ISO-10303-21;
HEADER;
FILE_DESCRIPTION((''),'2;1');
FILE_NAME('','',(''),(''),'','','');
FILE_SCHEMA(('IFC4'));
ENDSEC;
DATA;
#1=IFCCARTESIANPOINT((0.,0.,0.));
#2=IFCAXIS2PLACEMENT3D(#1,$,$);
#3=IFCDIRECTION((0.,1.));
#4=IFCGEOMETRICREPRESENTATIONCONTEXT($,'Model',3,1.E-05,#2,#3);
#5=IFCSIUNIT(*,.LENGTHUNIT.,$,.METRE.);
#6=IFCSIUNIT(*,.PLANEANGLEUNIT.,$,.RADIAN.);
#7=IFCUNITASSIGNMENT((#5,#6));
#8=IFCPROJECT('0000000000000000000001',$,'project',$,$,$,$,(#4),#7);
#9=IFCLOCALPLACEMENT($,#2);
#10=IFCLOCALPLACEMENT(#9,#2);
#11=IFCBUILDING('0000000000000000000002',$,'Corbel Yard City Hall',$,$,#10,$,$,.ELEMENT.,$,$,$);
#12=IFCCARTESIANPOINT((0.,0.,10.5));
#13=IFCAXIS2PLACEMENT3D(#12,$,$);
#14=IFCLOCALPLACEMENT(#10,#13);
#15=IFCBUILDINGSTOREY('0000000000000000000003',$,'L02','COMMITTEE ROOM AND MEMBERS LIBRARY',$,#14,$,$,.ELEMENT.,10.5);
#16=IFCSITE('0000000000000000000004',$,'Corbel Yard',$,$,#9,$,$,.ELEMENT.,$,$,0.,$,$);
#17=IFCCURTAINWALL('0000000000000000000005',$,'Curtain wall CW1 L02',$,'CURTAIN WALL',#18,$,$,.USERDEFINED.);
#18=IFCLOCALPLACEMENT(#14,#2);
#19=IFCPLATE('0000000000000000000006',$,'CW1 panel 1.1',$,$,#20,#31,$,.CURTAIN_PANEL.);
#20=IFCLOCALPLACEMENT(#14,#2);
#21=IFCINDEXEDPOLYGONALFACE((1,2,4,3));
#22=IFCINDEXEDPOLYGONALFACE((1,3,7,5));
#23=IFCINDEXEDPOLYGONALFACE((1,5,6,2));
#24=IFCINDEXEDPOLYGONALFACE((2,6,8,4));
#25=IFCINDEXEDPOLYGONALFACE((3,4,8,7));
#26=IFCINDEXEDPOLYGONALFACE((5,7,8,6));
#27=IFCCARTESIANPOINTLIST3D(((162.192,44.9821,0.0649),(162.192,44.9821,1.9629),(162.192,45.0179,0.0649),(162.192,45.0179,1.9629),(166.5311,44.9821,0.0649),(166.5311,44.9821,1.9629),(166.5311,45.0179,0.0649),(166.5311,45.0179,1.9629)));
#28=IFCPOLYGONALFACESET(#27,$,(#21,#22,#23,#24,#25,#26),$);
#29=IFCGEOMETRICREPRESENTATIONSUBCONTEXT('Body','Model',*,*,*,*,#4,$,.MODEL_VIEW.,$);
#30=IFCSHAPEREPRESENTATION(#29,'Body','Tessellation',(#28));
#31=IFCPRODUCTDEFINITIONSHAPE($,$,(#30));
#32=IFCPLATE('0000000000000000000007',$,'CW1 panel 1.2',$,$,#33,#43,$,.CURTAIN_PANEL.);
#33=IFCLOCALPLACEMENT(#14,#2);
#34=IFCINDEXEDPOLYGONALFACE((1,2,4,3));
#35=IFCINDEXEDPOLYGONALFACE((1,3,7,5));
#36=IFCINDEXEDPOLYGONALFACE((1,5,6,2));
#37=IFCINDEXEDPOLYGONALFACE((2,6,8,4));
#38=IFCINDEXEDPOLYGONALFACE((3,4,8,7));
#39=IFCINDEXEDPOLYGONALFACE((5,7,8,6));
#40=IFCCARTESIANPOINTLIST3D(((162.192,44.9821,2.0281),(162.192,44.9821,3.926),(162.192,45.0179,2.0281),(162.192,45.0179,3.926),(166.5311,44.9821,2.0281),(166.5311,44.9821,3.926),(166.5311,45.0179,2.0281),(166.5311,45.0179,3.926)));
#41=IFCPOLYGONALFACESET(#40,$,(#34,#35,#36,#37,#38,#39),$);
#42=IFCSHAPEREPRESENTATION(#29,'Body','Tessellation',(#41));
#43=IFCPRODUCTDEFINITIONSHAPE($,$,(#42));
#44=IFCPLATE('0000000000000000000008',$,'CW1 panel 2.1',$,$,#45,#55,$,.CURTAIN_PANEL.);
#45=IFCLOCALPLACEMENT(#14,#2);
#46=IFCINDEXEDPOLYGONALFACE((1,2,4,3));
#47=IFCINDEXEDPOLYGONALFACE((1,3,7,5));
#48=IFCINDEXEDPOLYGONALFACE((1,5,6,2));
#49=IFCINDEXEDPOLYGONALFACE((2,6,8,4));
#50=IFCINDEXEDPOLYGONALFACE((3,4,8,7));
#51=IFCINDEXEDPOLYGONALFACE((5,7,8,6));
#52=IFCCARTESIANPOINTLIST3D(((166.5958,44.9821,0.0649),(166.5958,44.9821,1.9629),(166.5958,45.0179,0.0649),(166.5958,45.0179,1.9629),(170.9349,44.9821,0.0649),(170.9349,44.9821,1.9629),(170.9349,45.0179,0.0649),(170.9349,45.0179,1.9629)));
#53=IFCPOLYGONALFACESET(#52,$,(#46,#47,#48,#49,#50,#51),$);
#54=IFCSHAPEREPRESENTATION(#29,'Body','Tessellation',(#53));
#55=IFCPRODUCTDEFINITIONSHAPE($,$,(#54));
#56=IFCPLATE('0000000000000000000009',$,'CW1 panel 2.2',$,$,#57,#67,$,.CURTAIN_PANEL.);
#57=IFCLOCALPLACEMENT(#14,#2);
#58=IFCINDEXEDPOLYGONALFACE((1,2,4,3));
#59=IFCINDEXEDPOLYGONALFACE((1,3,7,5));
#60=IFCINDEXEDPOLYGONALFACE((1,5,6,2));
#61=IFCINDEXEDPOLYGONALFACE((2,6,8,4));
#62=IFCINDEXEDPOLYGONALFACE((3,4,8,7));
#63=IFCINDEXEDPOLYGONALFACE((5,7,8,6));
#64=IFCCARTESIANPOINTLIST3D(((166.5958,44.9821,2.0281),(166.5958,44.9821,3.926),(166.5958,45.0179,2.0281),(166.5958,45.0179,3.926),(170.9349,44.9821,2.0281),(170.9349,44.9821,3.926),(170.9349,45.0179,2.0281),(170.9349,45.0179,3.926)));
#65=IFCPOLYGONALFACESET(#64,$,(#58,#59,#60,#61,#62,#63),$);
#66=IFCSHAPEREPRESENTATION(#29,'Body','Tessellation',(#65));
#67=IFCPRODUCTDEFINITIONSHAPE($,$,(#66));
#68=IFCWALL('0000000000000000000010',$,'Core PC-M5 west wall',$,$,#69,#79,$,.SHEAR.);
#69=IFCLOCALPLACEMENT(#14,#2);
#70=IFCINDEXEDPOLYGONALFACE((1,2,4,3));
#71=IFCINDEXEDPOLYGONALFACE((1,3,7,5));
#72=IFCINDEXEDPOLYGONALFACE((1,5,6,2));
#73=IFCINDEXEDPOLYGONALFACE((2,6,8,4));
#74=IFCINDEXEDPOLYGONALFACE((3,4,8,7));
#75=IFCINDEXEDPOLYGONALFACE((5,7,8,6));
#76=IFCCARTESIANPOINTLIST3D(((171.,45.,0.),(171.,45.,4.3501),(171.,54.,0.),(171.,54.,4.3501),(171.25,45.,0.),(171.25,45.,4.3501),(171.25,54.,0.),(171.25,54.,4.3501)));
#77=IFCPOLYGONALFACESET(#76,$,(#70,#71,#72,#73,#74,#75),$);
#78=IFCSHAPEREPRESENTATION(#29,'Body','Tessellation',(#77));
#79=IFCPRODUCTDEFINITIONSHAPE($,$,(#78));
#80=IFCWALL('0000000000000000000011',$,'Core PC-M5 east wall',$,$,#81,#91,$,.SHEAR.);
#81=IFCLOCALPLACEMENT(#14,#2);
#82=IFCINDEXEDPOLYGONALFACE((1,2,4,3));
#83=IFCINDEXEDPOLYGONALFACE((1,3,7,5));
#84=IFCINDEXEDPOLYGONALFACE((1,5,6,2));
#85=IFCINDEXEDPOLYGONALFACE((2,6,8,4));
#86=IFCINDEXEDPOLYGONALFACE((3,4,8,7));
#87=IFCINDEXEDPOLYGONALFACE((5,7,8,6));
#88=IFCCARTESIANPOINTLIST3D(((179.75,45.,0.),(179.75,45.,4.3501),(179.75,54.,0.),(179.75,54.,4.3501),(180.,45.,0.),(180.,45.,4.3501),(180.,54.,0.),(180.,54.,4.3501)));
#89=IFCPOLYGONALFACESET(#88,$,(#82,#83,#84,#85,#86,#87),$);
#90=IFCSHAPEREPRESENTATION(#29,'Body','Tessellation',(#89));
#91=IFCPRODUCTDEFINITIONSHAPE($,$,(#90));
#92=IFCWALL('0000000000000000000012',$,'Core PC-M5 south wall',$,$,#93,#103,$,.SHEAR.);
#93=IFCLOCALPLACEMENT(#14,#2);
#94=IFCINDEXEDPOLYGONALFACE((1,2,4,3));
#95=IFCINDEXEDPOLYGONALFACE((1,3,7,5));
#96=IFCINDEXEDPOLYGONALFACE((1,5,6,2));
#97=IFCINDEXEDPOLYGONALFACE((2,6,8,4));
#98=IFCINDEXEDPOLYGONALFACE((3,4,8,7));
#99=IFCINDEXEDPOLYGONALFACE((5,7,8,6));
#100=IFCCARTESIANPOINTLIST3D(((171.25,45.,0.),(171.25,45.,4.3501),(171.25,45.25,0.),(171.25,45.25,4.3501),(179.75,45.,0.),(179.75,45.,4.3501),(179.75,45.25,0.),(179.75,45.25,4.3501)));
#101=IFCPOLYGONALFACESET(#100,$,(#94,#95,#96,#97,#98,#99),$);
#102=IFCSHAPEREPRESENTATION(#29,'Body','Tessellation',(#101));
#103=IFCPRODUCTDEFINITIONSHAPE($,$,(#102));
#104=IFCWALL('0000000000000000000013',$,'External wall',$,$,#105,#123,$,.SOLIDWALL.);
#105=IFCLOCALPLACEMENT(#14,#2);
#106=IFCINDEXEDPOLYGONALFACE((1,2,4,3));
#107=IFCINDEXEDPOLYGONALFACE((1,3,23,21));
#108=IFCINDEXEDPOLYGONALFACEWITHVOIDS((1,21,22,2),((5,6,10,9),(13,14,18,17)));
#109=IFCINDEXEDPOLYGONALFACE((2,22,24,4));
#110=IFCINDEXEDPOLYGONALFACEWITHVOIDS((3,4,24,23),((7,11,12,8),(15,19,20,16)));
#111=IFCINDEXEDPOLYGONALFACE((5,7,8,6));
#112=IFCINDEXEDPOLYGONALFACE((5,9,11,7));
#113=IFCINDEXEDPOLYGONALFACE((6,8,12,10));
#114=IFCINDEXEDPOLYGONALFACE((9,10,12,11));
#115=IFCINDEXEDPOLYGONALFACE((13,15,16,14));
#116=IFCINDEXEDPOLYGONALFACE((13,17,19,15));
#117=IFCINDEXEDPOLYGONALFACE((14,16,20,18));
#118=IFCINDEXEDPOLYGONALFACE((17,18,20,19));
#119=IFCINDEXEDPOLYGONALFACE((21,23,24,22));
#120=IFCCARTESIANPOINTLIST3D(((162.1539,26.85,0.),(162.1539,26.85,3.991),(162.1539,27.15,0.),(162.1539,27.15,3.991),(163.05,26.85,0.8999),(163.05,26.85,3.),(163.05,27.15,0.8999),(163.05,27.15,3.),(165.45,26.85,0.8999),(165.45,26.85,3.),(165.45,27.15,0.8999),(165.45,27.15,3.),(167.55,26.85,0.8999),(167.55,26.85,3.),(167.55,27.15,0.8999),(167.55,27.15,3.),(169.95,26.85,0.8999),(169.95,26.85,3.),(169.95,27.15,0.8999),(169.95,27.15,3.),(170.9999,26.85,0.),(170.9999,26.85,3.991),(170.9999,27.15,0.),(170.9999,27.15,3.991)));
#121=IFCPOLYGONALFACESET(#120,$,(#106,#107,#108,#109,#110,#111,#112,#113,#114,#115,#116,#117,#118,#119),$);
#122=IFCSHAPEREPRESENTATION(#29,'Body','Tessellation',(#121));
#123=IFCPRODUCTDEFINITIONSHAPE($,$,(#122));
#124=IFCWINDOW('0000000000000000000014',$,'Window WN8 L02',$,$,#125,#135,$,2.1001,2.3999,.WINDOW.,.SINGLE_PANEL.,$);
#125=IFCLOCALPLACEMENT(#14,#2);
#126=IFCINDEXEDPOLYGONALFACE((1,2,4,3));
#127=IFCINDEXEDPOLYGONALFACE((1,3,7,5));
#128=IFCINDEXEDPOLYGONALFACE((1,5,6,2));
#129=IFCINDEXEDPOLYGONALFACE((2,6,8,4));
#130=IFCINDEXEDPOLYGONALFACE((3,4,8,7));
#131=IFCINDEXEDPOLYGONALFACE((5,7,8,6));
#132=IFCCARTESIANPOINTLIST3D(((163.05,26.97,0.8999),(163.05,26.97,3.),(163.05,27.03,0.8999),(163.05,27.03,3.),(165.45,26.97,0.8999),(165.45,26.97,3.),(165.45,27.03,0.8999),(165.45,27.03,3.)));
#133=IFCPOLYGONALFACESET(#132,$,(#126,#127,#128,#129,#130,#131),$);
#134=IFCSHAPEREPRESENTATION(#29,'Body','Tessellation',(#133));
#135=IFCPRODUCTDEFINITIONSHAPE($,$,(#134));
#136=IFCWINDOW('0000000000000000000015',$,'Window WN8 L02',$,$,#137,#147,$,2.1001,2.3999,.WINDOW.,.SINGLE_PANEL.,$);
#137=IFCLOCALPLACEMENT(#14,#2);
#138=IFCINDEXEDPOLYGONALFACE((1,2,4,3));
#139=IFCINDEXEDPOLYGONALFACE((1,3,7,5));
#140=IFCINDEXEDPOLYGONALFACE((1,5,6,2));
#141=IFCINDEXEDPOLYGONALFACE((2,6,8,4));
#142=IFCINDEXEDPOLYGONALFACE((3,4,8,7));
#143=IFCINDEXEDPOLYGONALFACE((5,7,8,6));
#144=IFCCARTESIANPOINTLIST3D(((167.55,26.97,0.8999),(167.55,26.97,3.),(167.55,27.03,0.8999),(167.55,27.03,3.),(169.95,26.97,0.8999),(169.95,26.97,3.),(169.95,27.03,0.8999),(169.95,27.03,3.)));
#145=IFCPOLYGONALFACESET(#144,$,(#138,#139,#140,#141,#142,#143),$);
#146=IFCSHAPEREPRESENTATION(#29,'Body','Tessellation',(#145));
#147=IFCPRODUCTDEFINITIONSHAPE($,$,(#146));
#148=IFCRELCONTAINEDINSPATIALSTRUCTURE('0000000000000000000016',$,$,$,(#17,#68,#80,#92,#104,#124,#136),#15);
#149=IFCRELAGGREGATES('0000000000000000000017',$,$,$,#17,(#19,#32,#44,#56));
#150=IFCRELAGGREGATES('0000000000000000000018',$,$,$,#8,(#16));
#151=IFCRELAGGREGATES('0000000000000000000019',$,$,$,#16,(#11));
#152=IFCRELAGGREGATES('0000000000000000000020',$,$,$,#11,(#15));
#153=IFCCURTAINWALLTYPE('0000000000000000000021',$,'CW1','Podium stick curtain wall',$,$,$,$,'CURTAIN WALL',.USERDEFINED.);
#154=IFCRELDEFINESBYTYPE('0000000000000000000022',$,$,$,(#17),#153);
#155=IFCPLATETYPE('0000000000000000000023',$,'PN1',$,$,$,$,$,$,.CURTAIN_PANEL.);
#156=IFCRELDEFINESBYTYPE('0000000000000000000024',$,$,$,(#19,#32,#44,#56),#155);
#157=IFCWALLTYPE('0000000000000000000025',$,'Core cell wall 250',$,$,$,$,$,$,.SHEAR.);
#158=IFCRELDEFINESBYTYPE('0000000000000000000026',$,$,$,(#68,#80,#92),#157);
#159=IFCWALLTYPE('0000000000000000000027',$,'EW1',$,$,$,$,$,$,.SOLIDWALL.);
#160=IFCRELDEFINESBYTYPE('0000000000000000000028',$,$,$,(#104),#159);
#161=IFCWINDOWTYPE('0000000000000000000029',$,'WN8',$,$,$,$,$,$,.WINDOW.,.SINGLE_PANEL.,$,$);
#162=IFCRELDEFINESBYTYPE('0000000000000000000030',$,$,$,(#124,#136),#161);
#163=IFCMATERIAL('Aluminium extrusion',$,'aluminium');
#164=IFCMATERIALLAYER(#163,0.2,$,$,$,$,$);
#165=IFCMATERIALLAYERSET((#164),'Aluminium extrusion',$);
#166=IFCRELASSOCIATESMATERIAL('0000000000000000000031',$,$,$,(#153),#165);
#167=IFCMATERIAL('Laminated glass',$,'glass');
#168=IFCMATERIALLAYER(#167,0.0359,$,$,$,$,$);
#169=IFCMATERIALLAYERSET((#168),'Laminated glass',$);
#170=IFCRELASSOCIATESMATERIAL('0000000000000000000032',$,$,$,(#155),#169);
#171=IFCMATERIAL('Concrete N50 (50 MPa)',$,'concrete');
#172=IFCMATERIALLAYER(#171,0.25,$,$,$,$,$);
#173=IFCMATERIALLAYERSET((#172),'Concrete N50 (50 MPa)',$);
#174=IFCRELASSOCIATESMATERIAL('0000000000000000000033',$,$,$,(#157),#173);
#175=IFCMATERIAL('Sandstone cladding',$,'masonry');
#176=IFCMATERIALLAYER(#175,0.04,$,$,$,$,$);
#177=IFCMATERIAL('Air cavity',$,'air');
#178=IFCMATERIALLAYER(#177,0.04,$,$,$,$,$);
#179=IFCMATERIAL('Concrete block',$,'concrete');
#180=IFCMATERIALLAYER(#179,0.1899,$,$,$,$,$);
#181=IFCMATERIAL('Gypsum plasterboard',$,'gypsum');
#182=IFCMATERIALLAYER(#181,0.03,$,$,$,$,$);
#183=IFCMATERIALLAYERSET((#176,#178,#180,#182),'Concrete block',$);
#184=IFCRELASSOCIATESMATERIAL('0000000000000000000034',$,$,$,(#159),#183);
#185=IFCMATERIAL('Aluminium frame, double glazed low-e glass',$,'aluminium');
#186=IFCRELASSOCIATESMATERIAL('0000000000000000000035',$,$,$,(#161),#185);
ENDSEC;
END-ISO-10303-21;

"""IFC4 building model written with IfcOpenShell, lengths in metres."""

from ifc_helpers import new_model, si_unit, direction, frame, frame_2d, origin, origin_2d, place, context, subcontext, project, spatial, rectangle, extrude, material, layer, layer_set, type_object, element, fill, aggregate, save


model = new_model("IFC4")

# Units and contexts
model_context = context("Model", 3, precision=1e-05, world=origin(), true_north=direction((0.0, 1.0)))
body_context = subcontext(model_context, "Body", "Model", "MODEL_VIEW")
ifc_project = project(units=[si_unit("LENGTHUNIT", "METRE"), si_unit("PLANEANGLEUNIT", "RADIAN")], contexts=[model_context])

# Site, building, storey
site_placement = place(None, origin())
site = spatial("IfcSite", under=ifc_project, at=site_placement, Name="Corbel Yard", CompositionType="ELEMENT", RefElevation=0.0)
building_placement = place(site_placement, origin())
building = spatial("IfcBuilding", under=site, at=building_placement, Name="Corbel Yard City Hall", CompositionType="ELEMENT")
storey_placement = place(building_placement, frame((0.0, 0.0, 10.5)))
storey = spatial("IfcBuildingStorey", under=building, at=storey_placement, Name="L02", Description="COMMITTEE ROOM AND MEMBERS LIBRARY", CompositionType="ELEMENT", Elevation=10.5)

# Curtain wall
ifc_material_1 = material(Name="Aluminium extrusion", Category="aluminium")
ifc_layer_1 = layer(ifc_material_1, 0.2)
ifc_layer_set_1 = layer_set([ifc_layer_1], Name="Aluminium extrusion")
curtain_wall_type = type_object("IfcCurtainWallType", Name="CW1", Description="Podium stick curtain wall", ElementType="CURTAIN WALL", PredefinedType="USERDEFINED", material=ifc_layer_set_1)
curtain_wall_placement = place(storey_placement, origin())
curtain_wall = element("IfcCurtainWall", 1, at=curtain_wall_placement, inside=storey, type_object=curtain_wall_type, Name="Curtain wall CW1 L02", ObjectType="CURTAIN WALL", PredefinedType="USERDEFINED")

# Plates
ifc_material_2 = material(Name="Laminated glass", Category="glass")
ifc_layer_2 = layer(ifc_material_2, 0.0359)
ifc_layer_set_2 = layer_set([ifc_layer_2], Name="Laminated glass")
plate_type = type_object("IfcPlateType", Name="PN1", PredefinedType="CURTAIN_PANEL", material=ifc_layer_set_2)
plate_1_placement = place(storey_placement, frame((164.3616, 45.0, 0.0649), z_axis=(0.0, 0.0, 1.0), x_axis=(1.0, 0.0, 0.0)))
plate_1 = element("IfcPlate", 2, at=plate_1_placement, type_object=plate_type, Name="CW1 panel 1.1", PredefinedType="CURTAIN_PANEL", context=body_context, shape_type="SweptSolid", body=[
    extrude(rectangle(XDim=4.3391, YDim=0.0359, at=origin_2d()), origin(), (0.0, 0.0, 1.0), 1.8979),
])
plate_2_placement = place(storey_placement, frame((164.3616, 45.0, 2.0281), z_axis=(0.0, 0.0, 1.0), x_axis=(1.0, 0.0, 0.0)))
plate_2 = element("IfcPlate", 3, at=plate_2_placement, type_object=plate_type, Name="CW1 panel 1.2", PredefinedType="CURTAIN_PANEL", context=body_context, shape_type="SweptSolid", body=[
    extrude(rectangle(XDim=4.3391, YDim=0.0359, at=origin_2d()), origin(), (0.0, 0.0, 1.0), 1.8979),
])
plate_3_placement = place(storey_placement, frame((168.7654, 45.0, 0.0649), z_axis=(0.0, 0.0, 1.0), x_axis=(1.0, 0.0, 0.0)))
plate_3 = element("IfcPlate", 4, at=plate_3_placement, type_object=plate_type, Name="CW1 panel 2.1", PredefinedType="CURTAIN_PANEL", context=body_context, shape_type="SweptSolid", body=[
    extrude(rectangle(XDim=4.3391, YDim=0.0359, at=origin_2d()), origin(), (0.0, 0.0, 1.0), 1.8979),
])
plate_4_placement = place(storey_placement, frame((168.7654, 45.0, 2.0281), z_axis=(0.0, 0.0, 1.0), x_axis=(1.0, 0.0, 0.0)))
plate_4 = element("IfcPlate", 5, at=plate_4_placement, type_object=plate_type, Name="CW1 panel 2.2", PredefinedType="CURTAIN_PANEL", context=body_context, shape_type="SweptSolid", body=[
    extrude(rectangle(XDim=4.3391, YDim=0.0359, at=origin_2d()), origin(), (0.0, 0.0, 1.0), 1.8979),
])
aggregate(curtain_wall, [plate_1, plate_2, plate_3, plate_4])

# Walls
ifc_material_3 = material(Name="Concrete N50 (50 MPa)", Category="concrete")
ifc_layer_3 = layer(ifc_material_3, 0.25)
ifc_layer_set_3 = layer_set([ifc_layer_3], Name="Concrete N50 (50 MPa)")
wall_type_1 = type_object("IfcWallType", Name="Core cell wall 250", PredefinedType="SHEAR", material=ifc_layer_set_3)
for number, where, z_axis, x_axis, name in (
    (6, (171.125, 45.0, 0.0), (0.0, 0.0, 1.0), (0.0, 1.0, 0.0), "Core PC-M5 west wall"),
    (7, (179.875, 45.0, 0.0), (0.0, 0.0, 1.0), (0.0, 1.0, 0.0), "Core PC-M5 east wall"),
):
    element("IfcWall", number, at=place(storey_placement, frame(where, z_axis=z_axis, x_axis=x_axis)), inside=storey, type_object=wall_type_1, Name=name, PredefinedType="SHEAR", context=body_context, shape_type="SweptSolid", body=[
        extrude(rectangle(XDim=9.0, YDim=0.25, at=frame_2d((4.5, 0.0))), origin(), (0.0, 0.0, 1.0), 4.3501),
    ])
wall_1_placement = place(storey_placement, frame((171.25, 45.125, 0.0), z_axis=(0.0, 0.0, 1.0), x_axis=(1.0, 0.0, 0.0)))
element("IfcWall", 8, at=wall_1_placement, inside=storey, type_object=wall_type_1, Name="Core PC-M5 south wall", PredefinedType="SHEAR", context=body_context, shape_type="SweptSolid", body=[
    extrude(rectangle(XDim=8.5, YDim=0.25, at=frame_2d((4.25, 0.0))), origin(), (0.0, 0.0, 1.0), 4.3501),
])

# Wall, openings, windows
ifc_material_4 = material(Name="Sandstone cladding", Category="masonry")
ifc_layer_4 = layer(ifc_material_4, 0.04)
ifc_material_5 = material(Name="Air cavity", Category="air")
ifc_layer_5 = layer(ifc_material_5, 0.04)
ifc_material_6 = material(Name="Concrete block", Category="concrete")
ifc_layer_6 = layer(ifc_material_6, 0.1899)
ifc_material_7 = material(Name="Gypsum plasterboard", Category="gypsum")
ifc_layer_7 = layer(ifc_material_7, 0.03)
ifc_layer_set_4 = layer_set([ifc_layer_4, ifc_layer_5, ifc_layer_6, ifc_layer_7], Name="Concrete block")
wall_type_2 = type_object("IfcWallType", Name="EW1", PredefinedType="SOLIDWALL", material=ifc_layer_set_4)
wall_2_placement = place(storey_placement, frame((162.1541, 27.0, 0.0), z_axis=(0.0, 0.0, 1.0), x_axis=(1.0, 0.0, 0.0)))
wall_2 = element("IfcWall", 9, at=wall_2_placement, inside=storey, type_object=wall_type_2, Name="External wall", PredefinedType="SOLIDWALL", context=body_context, shape_type="SweptSolid", body=[
    extrude(rectangle(XDim=8.8459, YDim=0.3, at=frame_2d((4.4229, 0.0))), origin(), (0.0, 0.0, 1.0), 3.991),
])
opening_1_placement = place(wall_2_placement, frame((0.896, 0.0, 0.8999)))
opening_1 = element("IfcOpeningElement", 10, at=opening_1_placement, cuts=wall_2, PredefinedType="OPENING", context=body_context, shape_type="SweptSolid", body=[
    extrude(rectangle(XDim=2.3999, YDim=2.1001, at=frame_2d((1.2, 1.05))), frame((0.0, 0.1599, 0.0), z_axis=(0.0, -1.0, 0.0), x_axis=(1.0, 0.0, 0.0)), (0.0, 0.0, 1.0), 0.3201),
])
opening_2_placement = place(wall_2_placement, frame((5.396, 0.0, 0.8999)))
opening_2 = element("IfcOpeningElement", 11, at=opening_2_placement, cuts=wall_2, PredefinedType="OPENING", context=body_context, shape_type="SweptSolid", body=[
    extrude(rectangle(XDim=2.3999, YDim=2.1001, at=frame_2d((1.2, 1.05))), frame((0.0, 0.1599, 0.0), z_axis=(0.0, -1.0, 0.0), x_axis=(1.0, 0.0, 0.0)), (0.0, 0.0, 1.0), 0.3201),
])
ifc_material_8 = material(Name="Aluminium frame, double glazed low-e glass", Category="aluminium")
window_type = type_object("IfcWindowType", Name="WN8", PartitioningType="SINGLE_PANEL", PredefinedType="WINDOW", material=ifc_material_8)
window_1_placement = place(opening_1_placement, origin())
window_1 = element("IfcWindow", 12, at=window_1_placement, inside=storey, type_object=window_type, Name="Window WN8 L02", OverallHeight=2.1001, OverallWidth=2.3999, PartitioningType="SINGLE_PANEL", PredefinedType="WINDOW", context=body_context, shape_type="SweptSolid", body=[
    extrude(rectangle(XDim=2.3999, YDim=2.1001, at=frame_2d((1.2, 1.05))), frame((0.0, 0.03, 0.0), z_axis=(0.0, -1.0, 0.0), x_axis=(1.0, 0.0, 0.0)), (0.0, 0.0, 1.0), 0.0601),
])
fill(opening_1, window_1)
window_2_placement = place(opening_2_placement, origin())
window_2 = element("IfcWindow", 13, at=window_2_placement, inside=storey, type_object=window_type, Name="Window WN8 L02", OverallHeight=2.1001, OverallWidth=2.3999, PartitioningType="SINGLE_PANEL", PredefinedType="WINDOW", context=body_context, shape_type="SweptSolid", body=[
    extrude(rectangle(XDim=2.3999, YDim=2.1001, at=frame_2d((1.2, 1.05))), frame((0.0, 0.03, 0.0), z_axis=(0.0, -1.0, 0.0), x_axis=(1.0, 0.0, 0.0)), (0.0, 0.0, 1.0), 0.0601),
])
fill(opening_2, window_2)

save(model, "model.ifc")
